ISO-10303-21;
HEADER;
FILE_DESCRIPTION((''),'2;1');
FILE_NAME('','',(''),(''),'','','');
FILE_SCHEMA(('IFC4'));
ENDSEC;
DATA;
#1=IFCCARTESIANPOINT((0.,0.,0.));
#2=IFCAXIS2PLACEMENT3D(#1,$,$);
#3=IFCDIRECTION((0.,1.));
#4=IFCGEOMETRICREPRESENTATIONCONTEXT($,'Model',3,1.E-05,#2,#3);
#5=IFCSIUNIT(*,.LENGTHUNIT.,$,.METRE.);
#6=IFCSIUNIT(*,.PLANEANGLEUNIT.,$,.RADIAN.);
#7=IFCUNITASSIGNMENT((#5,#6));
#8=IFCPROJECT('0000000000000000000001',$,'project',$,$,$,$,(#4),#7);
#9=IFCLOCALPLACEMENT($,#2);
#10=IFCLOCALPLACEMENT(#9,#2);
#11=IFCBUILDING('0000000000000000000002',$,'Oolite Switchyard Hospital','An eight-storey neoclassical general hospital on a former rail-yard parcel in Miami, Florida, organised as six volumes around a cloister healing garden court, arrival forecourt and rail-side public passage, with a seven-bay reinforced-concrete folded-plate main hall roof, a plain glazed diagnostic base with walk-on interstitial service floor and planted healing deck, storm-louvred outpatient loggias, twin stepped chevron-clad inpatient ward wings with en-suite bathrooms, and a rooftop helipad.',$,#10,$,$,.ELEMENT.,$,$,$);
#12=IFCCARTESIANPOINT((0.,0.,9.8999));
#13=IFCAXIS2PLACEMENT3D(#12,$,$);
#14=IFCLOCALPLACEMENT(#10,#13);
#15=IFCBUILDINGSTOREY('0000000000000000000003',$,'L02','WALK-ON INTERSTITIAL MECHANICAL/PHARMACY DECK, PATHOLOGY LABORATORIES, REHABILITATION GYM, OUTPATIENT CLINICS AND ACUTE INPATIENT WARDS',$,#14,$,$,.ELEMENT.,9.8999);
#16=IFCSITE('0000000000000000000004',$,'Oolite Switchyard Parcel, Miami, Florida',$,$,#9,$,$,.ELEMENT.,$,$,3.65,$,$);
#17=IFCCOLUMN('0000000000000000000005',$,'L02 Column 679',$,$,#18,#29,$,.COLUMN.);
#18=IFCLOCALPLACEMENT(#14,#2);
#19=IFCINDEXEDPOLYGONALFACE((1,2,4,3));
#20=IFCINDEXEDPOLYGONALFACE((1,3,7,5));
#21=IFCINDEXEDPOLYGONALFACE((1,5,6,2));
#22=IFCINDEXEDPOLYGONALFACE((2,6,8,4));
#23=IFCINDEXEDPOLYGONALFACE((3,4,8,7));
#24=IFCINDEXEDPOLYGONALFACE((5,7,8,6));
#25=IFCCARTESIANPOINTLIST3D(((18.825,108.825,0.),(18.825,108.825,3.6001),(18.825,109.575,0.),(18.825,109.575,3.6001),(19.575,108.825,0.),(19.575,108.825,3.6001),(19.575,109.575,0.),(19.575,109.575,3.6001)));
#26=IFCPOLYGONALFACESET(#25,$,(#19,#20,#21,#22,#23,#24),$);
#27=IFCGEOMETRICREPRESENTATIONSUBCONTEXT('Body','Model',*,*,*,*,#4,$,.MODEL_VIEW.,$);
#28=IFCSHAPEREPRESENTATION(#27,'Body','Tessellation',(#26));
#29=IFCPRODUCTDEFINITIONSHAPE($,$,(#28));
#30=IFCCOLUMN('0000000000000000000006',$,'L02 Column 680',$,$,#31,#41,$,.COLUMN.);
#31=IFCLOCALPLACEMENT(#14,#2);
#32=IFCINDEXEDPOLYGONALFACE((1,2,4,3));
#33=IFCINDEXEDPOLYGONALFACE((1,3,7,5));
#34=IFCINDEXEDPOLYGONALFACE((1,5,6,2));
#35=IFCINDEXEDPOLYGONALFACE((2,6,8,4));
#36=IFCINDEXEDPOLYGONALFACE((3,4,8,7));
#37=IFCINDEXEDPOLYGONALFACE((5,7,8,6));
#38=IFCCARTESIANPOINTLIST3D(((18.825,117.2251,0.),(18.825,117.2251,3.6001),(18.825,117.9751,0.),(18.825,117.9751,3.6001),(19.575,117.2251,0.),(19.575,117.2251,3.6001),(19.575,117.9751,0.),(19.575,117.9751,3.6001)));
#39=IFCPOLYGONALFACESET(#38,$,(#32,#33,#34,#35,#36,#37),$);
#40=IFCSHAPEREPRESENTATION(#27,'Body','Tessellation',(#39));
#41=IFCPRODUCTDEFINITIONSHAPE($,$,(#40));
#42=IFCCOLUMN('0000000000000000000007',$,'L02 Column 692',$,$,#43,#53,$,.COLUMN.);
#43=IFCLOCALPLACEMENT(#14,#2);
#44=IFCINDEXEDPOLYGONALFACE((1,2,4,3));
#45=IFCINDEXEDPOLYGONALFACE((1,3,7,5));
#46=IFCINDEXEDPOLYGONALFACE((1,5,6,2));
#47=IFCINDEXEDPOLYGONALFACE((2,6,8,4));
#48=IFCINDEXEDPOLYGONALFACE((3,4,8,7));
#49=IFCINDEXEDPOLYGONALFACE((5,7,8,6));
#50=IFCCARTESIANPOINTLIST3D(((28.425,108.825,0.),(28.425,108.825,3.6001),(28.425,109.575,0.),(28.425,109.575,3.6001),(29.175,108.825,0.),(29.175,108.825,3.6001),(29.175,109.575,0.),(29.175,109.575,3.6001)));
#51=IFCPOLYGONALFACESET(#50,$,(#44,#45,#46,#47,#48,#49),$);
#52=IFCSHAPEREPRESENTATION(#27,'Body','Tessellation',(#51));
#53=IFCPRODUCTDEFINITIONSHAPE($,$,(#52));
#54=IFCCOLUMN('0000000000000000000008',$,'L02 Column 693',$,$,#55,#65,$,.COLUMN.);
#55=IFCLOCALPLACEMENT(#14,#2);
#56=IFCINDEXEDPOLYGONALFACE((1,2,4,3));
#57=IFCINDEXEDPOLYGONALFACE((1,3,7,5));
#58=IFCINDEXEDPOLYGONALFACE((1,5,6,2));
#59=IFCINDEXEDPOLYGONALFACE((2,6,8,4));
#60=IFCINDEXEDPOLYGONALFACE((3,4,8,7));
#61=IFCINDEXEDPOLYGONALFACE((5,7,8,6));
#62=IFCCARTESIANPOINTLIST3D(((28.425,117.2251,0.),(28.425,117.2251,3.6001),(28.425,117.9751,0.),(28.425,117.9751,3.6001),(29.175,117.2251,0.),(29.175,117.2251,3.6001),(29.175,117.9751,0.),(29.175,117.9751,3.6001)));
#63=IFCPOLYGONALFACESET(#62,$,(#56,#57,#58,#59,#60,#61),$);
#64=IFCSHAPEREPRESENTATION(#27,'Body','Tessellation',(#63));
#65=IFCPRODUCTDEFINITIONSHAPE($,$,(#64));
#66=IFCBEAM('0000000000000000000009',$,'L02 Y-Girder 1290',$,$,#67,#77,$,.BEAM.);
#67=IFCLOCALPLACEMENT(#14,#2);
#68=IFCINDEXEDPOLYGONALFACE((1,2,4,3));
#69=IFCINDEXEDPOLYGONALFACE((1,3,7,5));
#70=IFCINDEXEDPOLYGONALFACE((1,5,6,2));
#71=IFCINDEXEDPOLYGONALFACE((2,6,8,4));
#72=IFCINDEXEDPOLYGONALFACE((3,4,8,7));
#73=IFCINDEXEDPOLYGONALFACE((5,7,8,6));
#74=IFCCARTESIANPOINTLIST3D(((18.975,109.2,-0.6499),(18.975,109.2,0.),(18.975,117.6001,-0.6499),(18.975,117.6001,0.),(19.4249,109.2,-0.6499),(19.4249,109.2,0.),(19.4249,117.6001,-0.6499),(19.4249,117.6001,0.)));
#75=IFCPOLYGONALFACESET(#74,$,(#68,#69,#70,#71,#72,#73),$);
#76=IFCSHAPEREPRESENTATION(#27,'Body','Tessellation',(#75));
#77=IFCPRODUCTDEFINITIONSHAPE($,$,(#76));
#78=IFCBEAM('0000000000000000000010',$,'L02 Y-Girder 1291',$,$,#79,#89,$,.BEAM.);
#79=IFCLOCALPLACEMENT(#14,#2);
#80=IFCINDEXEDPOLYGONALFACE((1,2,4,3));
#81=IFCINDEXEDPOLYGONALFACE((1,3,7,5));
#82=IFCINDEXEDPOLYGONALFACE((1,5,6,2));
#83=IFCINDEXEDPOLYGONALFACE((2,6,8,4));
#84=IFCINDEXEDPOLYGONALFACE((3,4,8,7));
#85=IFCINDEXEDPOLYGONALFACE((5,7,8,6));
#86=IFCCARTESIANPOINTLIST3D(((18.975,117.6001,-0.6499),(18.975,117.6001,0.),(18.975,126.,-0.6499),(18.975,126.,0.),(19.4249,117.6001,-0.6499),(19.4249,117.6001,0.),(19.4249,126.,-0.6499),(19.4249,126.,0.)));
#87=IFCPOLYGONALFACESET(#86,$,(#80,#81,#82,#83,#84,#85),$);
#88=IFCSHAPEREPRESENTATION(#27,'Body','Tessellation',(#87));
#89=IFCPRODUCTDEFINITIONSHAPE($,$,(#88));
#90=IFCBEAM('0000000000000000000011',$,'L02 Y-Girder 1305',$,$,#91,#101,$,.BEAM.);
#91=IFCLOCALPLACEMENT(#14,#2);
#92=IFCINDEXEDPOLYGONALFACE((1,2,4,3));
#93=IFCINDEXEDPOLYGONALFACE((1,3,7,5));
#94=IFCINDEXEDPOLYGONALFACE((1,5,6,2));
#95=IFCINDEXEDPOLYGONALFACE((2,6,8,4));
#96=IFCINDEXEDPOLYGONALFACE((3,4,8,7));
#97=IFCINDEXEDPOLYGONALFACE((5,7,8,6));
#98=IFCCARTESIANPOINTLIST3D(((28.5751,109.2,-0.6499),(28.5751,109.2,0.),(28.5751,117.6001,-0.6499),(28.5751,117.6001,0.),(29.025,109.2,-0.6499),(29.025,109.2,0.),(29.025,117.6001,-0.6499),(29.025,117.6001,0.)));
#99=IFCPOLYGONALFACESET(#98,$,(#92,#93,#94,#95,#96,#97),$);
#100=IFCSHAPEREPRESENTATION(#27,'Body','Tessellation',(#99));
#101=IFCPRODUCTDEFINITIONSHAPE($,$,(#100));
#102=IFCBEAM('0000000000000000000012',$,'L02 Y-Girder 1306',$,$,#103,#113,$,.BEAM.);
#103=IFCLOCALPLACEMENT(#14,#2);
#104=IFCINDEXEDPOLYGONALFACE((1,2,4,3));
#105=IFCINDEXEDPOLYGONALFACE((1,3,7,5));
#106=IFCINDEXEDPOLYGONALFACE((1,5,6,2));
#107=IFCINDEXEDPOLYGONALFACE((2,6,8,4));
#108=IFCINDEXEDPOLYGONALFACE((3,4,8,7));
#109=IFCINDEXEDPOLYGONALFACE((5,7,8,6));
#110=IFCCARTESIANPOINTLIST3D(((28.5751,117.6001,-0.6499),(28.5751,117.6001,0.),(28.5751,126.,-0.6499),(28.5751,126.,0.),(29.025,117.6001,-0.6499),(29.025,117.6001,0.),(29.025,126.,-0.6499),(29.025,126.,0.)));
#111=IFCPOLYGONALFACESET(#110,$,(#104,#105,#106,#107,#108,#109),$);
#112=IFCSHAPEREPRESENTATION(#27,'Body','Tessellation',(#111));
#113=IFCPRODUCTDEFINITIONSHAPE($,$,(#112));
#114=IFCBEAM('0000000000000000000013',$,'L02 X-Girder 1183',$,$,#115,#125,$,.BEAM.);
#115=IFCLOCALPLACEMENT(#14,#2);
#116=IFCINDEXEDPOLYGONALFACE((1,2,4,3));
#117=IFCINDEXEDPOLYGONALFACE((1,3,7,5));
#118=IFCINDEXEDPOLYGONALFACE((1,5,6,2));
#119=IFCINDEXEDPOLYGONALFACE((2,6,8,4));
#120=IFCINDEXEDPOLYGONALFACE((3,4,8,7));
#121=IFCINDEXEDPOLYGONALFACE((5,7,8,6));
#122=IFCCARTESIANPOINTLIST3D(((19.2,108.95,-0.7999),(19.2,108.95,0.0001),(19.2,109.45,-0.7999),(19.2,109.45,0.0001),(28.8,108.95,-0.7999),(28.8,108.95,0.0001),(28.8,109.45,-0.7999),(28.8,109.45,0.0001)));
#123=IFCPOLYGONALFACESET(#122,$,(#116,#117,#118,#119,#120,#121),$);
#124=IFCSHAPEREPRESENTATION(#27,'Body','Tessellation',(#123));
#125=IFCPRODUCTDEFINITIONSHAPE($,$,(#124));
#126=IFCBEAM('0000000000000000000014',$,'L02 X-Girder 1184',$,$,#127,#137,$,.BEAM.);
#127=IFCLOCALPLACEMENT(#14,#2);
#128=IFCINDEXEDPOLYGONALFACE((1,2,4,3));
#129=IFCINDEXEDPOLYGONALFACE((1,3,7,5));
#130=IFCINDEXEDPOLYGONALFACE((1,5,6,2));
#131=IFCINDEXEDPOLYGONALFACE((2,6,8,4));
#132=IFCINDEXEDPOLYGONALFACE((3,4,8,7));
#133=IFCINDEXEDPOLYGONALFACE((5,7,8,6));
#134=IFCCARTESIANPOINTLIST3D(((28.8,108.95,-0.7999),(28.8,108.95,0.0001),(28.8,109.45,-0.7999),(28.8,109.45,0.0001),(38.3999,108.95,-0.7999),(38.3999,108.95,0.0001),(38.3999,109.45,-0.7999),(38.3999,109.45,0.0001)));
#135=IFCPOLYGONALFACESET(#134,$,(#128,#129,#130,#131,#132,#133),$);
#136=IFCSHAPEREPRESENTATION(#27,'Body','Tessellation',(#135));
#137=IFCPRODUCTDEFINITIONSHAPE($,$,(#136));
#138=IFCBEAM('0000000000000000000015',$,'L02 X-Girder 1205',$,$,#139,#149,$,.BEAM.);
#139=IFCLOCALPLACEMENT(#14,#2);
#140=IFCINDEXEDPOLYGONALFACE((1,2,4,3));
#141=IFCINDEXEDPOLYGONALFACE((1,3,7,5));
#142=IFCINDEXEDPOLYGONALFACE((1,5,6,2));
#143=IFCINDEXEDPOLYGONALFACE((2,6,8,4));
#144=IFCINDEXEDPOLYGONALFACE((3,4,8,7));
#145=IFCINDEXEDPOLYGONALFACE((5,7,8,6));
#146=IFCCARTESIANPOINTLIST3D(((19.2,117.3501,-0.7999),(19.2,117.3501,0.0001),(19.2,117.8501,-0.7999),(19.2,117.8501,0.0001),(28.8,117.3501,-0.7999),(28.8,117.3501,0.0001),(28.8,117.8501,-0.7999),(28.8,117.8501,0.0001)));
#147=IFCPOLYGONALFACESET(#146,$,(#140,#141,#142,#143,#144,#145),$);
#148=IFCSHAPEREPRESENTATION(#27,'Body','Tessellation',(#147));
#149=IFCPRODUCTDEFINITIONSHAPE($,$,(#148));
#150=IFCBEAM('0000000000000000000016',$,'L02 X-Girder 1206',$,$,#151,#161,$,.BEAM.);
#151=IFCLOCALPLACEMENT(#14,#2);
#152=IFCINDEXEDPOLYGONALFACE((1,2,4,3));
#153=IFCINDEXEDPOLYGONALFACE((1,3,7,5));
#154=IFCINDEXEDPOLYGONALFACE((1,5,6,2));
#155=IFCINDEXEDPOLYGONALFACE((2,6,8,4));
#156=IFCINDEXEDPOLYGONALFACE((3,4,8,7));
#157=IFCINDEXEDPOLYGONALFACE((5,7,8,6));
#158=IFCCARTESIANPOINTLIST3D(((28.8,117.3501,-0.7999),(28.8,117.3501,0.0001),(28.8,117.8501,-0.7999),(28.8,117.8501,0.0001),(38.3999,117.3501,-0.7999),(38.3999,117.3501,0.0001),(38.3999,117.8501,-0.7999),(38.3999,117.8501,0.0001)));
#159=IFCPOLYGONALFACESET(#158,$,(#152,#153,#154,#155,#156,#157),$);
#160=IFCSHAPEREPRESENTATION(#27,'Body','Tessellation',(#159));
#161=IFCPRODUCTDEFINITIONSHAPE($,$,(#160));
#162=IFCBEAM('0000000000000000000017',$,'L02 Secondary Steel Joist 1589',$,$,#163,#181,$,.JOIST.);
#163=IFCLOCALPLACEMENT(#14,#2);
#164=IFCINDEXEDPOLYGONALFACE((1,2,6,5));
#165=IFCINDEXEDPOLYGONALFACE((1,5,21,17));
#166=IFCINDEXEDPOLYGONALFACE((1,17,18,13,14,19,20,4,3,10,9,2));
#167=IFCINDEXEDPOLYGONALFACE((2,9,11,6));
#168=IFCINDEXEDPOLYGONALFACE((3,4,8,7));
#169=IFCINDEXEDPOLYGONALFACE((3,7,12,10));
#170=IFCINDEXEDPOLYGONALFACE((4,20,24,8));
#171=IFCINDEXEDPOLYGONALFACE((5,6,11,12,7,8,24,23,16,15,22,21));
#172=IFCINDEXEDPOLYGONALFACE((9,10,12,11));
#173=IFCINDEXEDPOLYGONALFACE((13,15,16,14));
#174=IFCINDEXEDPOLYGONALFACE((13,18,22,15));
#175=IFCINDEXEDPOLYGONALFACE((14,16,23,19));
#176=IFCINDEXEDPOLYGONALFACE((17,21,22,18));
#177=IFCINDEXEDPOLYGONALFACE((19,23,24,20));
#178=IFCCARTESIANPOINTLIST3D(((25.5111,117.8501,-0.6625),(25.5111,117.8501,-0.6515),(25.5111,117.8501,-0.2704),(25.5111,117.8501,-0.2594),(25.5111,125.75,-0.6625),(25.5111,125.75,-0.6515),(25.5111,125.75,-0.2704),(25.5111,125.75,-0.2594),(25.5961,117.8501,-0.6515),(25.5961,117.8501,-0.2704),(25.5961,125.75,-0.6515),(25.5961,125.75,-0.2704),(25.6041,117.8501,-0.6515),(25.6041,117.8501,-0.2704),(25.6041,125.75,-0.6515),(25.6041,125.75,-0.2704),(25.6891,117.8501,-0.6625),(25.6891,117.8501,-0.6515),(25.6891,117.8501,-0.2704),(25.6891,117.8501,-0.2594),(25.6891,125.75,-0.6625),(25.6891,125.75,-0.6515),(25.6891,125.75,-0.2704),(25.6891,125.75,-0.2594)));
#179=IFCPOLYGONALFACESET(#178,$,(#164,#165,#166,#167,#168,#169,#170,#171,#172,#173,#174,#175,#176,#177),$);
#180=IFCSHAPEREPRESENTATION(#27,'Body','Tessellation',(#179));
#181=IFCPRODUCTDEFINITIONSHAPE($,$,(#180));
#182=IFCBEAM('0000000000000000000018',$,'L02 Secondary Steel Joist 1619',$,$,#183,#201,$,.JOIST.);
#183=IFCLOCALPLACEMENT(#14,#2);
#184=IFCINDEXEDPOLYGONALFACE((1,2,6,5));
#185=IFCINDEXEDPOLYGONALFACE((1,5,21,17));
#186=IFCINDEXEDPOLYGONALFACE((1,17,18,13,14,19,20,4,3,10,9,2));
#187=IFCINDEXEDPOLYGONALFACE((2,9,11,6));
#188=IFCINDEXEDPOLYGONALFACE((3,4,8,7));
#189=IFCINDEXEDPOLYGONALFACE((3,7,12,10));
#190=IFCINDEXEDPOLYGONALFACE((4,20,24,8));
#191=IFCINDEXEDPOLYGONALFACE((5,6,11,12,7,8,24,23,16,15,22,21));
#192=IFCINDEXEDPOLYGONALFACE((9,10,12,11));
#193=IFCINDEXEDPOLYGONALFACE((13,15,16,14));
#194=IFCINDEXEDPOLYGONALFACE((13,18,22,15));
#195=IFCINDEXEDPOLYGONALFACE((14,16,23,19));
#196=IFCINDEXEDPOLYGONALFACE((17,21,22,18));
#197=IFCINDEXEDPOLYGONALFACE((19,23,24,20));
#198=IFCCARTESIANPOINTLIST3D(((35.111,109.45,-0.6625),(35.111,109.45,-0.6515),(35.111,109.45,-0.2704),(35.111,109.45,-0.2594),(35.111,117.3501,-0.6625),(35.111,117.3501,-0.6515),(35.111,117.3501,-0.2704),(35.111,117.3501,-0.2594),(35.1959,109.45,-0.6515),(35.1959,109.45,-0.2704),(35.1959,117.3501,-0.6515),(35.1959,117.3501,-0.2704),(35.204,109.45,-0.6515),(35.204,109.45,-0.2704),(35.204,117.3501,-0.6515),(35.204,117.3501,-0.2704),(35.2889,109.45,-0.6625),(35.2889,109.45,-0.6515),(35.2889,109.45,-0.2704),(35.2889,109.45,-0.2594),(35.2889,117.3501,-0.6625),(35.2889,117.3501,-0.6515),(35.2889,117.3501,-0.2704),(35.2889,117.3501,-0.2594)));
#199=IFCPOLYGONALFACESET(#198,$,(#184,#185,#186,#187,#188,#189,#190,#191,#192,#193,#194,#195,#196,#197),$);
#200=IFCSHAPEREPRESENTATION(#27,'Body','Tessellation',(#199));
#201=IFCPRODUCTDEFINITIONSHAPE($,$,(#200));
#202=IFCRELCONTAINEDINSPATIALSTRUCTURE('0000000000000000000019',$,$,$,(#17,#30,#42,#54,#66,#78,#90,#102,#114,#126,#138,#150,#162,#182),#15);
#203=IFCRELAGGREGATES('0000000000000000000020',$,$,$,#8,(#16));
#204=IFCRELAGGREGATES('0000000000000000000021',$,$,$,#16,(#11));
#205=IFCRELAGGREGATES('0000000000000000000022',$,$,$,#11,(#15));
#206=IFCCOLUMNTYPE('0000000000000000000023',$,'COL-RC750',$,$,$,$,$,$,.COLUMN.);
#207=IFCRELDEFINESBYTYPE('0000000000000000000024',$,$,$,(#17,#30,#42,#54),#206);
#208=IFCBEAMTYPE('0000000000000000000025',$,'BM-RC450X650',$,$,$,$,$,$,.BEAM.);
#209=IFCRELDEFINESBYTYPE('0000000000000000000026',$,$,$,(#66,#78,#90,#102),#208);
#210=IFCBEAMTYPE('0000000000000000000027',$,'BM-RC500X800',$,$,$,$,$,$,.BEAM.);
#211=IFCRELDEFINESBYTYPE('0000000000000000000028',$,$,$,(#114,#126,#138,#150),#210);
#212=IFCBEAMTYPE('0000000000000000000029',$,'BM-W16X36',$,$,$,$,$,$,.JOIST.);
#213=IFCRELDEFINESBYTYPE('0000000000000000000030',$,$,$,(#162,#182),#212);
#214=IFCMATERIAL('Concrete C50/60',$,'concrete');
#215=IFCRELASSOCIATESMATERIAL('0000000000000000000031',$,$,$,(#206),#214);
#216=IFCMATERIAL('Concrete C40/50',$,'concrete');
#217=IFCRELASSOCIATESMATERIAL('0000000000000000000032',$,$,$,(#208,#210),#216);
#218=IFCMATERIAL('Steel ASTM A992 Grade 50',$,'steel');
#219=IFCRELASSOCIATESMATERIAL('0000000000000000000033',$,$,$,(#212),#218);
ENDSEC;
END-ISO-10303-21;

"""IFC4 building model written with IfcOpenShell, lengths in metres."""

from ifc_helpers import new_model, si_unit, direction, frame, origin, origin_2d, place, context, subcontext, project, spatial, rectangle, i_section, extrude, material, material_profile, profile_set, type_object, element, save


model = new_model("IFC4")

# Units and contexts
model_context = context("Model", 3, precision=1e-05, world=origin(), true_north=direction((0.0, 1.0)))
body_context = subcontext(model_context, "Body", "Model", "MODEL_VIEW")
ifc_project = project(units=[si_unit("LENGTHUNIT", "METRE"), si_unit("PLANEANGLEUNIT", "RADIAN")], contexts=[model_context])

# Site, building, storey
site_placement = place(None, origin())
site = spatial("IfcSite", under=ifc_project, at=site_placement, Name="Oolite Switchyard Parcel, Miami, Florida", CompositionType="ELEMENT", RefElevation=3.65)
building_placement = place(site_placement, origin())
building = spatial("IfcBuilding", under=site, at=building_placement, Name="Oolite Switchyard Hospital", Description="An eight-storey neoclassical general hospital on a former rail-yard parcel in Miami, Florida, organised as six volumes around a cloister healing garden court, arrival forecourt and rail-side public passage, with a seven-bay reinforced-concrete folded-plate main hall roof, a plain glazed diagnostic base with walk-on interstitial service floor and planted healing deck, storm-louvred outpatient loggias, twin stepped chevron-clad inpatient ward wings with en-suite bathrooms, and a rooftop helipad.", CompositionType="ELEMENT")
storey_placement = place(building_placement, frame((0.0, 0.0, 9.8999)))
storey = spatial("IfcBuildingStorey", under=building, at=storey_placement, Name="L02", Description="WALK-ON INTERSTITIAL MECHANICAL/PHARMACY DECK, PATHOLOGY LABORATORIES, REHABILITATION GYM, OUTPATIENT CLINICS AND ACUTE INPATIENT WARDS", CompositionType="ELEMENT", Elevation=9.8999)

# Columns
ifc_material_1 = material(Name="Concrete C50/60", Category="concrete")
ifc_material_profile_1 = material_profile(ifc_material_1, rectangle(XDim=0.75, YDim=0.75, at=origin_2d()), Name="RC750X750")
ifc_profile_set_1 = profile_set([ifc_material_profile_1], Name="Concrete C50/60")
column_type = type_object("IfcColumnType", Name="COL-RC750", PredefinedType="COLUMN", material=ifc_profile_set_1)
for number, where, z_axis, x_axis, name in (
    (1, (19.2, 109.2, 0.0), (0.0, 0.0, 1.0), (1.0, 0.0, 0.0), "L02 Column 679"),
    (2, (19.2, 117.6001, 0.0), (0.0, 0.0, 1.0), (1.0, 0.0, 0.0), "L02 Column 680"),
    (3, (28.8, 109.2, 0.0), (0.0, 0.0, 1.0), (1.0, 0.0, 0.0), "L02 Column 692"),
    (4, (28.8, 117.6001, 0.0), (0.0, 0.0, 1.0), (1.0, 0.0, 0.0), "L02 Column 693"),
):
    element("IfcColumn", number, at=place(storey_placement, frame(where, z_axis=z_axis, x_axis=x_axis)), inside=storey, type_object=column_type, Name=name, PredefinedType="COLUMN", context=body_context, shape_type="SweptSolid", body=[
        extrude(rectangle(XDim=0.75, YDim=0.75, at=origin_2d()), origin(), (0.0, 0.0, 1.0), 3.6001),
    ])

# Beams
ifc_material_2 = material(Name="Concrete C40/50", Category="concrete")
ifc_material_profile_2 = material_profile(ifc_material_2, rectangle(XDim=0.45, YDim=0.6499, at=origin_2d()), Name="RCB450X650")
ifc_profile_set_2 = profile_set([ifc_material_profile_2], Name="Concrete C40/50")
beam_type_1 = type_object("IfcBeamType", Name="BM-RC450X650", PredefinedType="BEAM", material=ifc_profile_set_2)
beam_1_placement = place(storey_placement, frame((19.2, 109.2, -0.325), z_axis=(0.0, 1.0, 0.0), x_axis=(-1.0, 0.0, 0.0)))
element("IfcBeam", 5, at=beam_1_placement, inside=storey, type_object=beam_type_1, Name="L02 Y-Girder 1290", PredefinedType="BEAM", context=body_context, shape_type="SweptSolid", body=[
    extrude(rectangle(XDim=0.45, YDim=0.6499, at=origin_2d()), origin(), (0.0, 0.0, 1.0), 8.4001),
])
beam_2_placement = place(storey_placement, frame((19.2, 117.6001, -0.325), z_axis=(0.0, 1.0, 0.0), x_axis=(-1.0, 0.0, 0.0)))
element("IfcBeam", 6, at=beam_2_placement, inside=storey, type_object=beam_type_1, Name="L02 Y-Girder 1291", PredefinedType="BEAM", context=body_context, shape_type="SweptSolid", body=[
    extrude(rectangle(XDim=0.45, YDim=0.6499, at=origin_2d()), origin(), (0.0, 0.0, 1.0), 8.3999),
])
beam_3_placement = place(storey_placement, frame((28.8, 109.2, -0.325), z_axis=(0.0, 1.0, 0.0), x_axis=(-1.0, 0.0, 0.0)))
element("IfcBeam", 7, at=beam_3_placement, inside=storey, type_object=beam_type_1, Name="L02 Y-Girder 1305", PredefinedType="BEAM", context=body_context, shape_type="SweptSolid", body=[
    extrude(rectangle(XDim=0.45, YDim=0.6499, at=origin_2d()), origin(), (0.0, 0.0, 1.0), 8.4001),
])
beam_4_placement = place(storey_placement, frame((28.8, 117.6001, -0.325), z_axis=(0.0, 1.0, 0.0), x_axis=(-1.0, 0.0, 0.0)))
element("IfcBeam", 8, at=beam_4_placement, inside=storey, type_object=beam_type_1, Name="L02 Y-Girder 1306", PredefinedType="BEAM", context=body_context, shape_type="SweptSolid", body=[
    extrude(rectangle(XDim=0.45, YDim=0.6499, at=origin_2d()), origin(), (0.0, 0.0, 1.0), 8.3999),
])
ifc_material_profile_3 = material_profile(ifc_material_2, rectangle(XDim=0.5, YDim=0.8, at=origin_2d()), Name="RCB500X800")
ifc_profile_set_3 = profile_set([ifc_material_profile_3], Name="Concrete C40/50")
beam_type_2 = type_object("IfcBeamType", Name="BM-RC500X800", PredefinedType="BEAM", material=ifc_profile_set_3)
beam_5_placement = place(storey_placement, frame((19.2, 109.2, -0.3999), z_axis=(1.0, 0.0, 0.0), x_axis=(0.0, 1.0, 0.0)))
element("IfcBeam", 9, at=beam_5_placement, inside=storey, type_object=beam_type_2, Name="L02 X-Girder 1183", PredefinedType="BEAM", context=body_context, shape_type="SweptSolid", body=[
    extrude(rectangle(XDim=0.5, YDim=0.8, at=origin_2d()), origin(), (0.0, 0.0, 1.0), 9.6001),
])
beam_6_placement = place(storey_placement, frame((28.8, 109.2, -0.3999), z_axis=(1.0, 0.0, 0.0), x_axis=(0.0, 1.0, 0.0)))
element("IfcBeam", 10, at=beam_6_placement, inside=storey, type_object=beam_type_2, Name="L02 X-Girder 1184", PredefinedType="BEAM", context=body_context, shape_type="SweptSolid", body=[
    extrude(rectangle(XDim=0.5, YDim=0.8, at=origin_2d()), origin(), (0.0, 0.0, 1.0), 9.5999),
])
beam_7_placement = place(storey_placement, frame((19.2, 117.6001, -0.3999), z_axis=(1.0, 0.0, 0.0), x_axis=(0.0, 1.0, 0.0)))
element("IfcBeam", 11, at=beam_7_placement, inside=storey, type_object=beam_type_2, Name="L02 X-Girder 1205", PredefinedType="BEAM", context=body_context, shape_type="SweptSolid", body=[
    extrude(rectangle(XDim=0.5, YDim=0.8, at=origin_2d()), origin(), (0.0, 0.0, 1.0), 9.6001),
])
beam_8_placement = place(storey_placement, frame((28.8, 117.6001, -0.3999), z_axis=(1.0, 0.0, 0.0), x_axis=(0.0, 1.0, 0.0)))
element("IfcBeam", 12, at=beam_8_placement, inside=storey, type_object=beam_type_2, Name="L02 X-Girder 1206", PredefinedType="BEAM", context=body_context, shape_type="SweptSolid", body=[
    extrude(rectangle(XDim=0.5, YDim=0.8, at=origin_2d()), origin(), (0.0, 0.0, 1.0), 9.5999),
])
ifc_material_3 = material(Name="Steel ASTM A992 Grade 50", Category="steel")
ifc_material_profile_4 = material_profile(ifc_material_3, i_section(OverallWidth=0.178, OverallDepth=0.4031, WebThickness=0.0081, FlangeThickness=0.011, at=origin_2d()), Name="W16X36")
ifc_profile_set_4 = profile_set([ifc_material_profile_4], Name="Steel ASTM A992 Grade 50")
beam_type_3 = type_object("IfcBeamType", Name="BM-W16X36", PredefinedType="JOIST", material=ifc_profile_set_4)
beam_9_placement = place(storey_placement, frame((25.6001, 117.8501, -0.4609), z_axis=(0.0, 1.0, 0.0), x_axis=(-1.0, 0.0, 0.0)))
element("IfcBeam", 13, at=beam_9_placement, inside=storey, type_object=beam_type_3, Name="L02 Secondary Steel Joist 1589", PredefinedType="JOIST", context=body_context, shape_type="SweptSolid", body=[
    extrude(i_section(OverallWidth=0.178, OverallDepth=0.4031, WebThickness=0.0081, FlangeThickness=0.011, at=origin_2d()), origin(), (0.0, 0.0, 1.0), 7.8999),
])
beam_10_placement = place(storey_placement, frame((35.2, 109.45, -0.4609), z_axis=(0.0, 1.0, 0.0), x_axis=(-1.0, 0.0, 0.0)))
element("IfcBeam", 14, at=beam_10_placement, inside=storey, type_object=beam_type_3, Name="L02 Secondary Steel Joist 1619", PredefinedType="JOIST", context=body_context, shape_type="SweptSolid", body=[
    extrude(i_section(OverallWidth=0.178, OverallDepth=0.4031, WebThickness=0.0081, FlangeThickness=0.011, at=origin_2d()), origin(), (0.0, 0.0, 1.0), 7.9001),
])

save(model, "model.ifc")
